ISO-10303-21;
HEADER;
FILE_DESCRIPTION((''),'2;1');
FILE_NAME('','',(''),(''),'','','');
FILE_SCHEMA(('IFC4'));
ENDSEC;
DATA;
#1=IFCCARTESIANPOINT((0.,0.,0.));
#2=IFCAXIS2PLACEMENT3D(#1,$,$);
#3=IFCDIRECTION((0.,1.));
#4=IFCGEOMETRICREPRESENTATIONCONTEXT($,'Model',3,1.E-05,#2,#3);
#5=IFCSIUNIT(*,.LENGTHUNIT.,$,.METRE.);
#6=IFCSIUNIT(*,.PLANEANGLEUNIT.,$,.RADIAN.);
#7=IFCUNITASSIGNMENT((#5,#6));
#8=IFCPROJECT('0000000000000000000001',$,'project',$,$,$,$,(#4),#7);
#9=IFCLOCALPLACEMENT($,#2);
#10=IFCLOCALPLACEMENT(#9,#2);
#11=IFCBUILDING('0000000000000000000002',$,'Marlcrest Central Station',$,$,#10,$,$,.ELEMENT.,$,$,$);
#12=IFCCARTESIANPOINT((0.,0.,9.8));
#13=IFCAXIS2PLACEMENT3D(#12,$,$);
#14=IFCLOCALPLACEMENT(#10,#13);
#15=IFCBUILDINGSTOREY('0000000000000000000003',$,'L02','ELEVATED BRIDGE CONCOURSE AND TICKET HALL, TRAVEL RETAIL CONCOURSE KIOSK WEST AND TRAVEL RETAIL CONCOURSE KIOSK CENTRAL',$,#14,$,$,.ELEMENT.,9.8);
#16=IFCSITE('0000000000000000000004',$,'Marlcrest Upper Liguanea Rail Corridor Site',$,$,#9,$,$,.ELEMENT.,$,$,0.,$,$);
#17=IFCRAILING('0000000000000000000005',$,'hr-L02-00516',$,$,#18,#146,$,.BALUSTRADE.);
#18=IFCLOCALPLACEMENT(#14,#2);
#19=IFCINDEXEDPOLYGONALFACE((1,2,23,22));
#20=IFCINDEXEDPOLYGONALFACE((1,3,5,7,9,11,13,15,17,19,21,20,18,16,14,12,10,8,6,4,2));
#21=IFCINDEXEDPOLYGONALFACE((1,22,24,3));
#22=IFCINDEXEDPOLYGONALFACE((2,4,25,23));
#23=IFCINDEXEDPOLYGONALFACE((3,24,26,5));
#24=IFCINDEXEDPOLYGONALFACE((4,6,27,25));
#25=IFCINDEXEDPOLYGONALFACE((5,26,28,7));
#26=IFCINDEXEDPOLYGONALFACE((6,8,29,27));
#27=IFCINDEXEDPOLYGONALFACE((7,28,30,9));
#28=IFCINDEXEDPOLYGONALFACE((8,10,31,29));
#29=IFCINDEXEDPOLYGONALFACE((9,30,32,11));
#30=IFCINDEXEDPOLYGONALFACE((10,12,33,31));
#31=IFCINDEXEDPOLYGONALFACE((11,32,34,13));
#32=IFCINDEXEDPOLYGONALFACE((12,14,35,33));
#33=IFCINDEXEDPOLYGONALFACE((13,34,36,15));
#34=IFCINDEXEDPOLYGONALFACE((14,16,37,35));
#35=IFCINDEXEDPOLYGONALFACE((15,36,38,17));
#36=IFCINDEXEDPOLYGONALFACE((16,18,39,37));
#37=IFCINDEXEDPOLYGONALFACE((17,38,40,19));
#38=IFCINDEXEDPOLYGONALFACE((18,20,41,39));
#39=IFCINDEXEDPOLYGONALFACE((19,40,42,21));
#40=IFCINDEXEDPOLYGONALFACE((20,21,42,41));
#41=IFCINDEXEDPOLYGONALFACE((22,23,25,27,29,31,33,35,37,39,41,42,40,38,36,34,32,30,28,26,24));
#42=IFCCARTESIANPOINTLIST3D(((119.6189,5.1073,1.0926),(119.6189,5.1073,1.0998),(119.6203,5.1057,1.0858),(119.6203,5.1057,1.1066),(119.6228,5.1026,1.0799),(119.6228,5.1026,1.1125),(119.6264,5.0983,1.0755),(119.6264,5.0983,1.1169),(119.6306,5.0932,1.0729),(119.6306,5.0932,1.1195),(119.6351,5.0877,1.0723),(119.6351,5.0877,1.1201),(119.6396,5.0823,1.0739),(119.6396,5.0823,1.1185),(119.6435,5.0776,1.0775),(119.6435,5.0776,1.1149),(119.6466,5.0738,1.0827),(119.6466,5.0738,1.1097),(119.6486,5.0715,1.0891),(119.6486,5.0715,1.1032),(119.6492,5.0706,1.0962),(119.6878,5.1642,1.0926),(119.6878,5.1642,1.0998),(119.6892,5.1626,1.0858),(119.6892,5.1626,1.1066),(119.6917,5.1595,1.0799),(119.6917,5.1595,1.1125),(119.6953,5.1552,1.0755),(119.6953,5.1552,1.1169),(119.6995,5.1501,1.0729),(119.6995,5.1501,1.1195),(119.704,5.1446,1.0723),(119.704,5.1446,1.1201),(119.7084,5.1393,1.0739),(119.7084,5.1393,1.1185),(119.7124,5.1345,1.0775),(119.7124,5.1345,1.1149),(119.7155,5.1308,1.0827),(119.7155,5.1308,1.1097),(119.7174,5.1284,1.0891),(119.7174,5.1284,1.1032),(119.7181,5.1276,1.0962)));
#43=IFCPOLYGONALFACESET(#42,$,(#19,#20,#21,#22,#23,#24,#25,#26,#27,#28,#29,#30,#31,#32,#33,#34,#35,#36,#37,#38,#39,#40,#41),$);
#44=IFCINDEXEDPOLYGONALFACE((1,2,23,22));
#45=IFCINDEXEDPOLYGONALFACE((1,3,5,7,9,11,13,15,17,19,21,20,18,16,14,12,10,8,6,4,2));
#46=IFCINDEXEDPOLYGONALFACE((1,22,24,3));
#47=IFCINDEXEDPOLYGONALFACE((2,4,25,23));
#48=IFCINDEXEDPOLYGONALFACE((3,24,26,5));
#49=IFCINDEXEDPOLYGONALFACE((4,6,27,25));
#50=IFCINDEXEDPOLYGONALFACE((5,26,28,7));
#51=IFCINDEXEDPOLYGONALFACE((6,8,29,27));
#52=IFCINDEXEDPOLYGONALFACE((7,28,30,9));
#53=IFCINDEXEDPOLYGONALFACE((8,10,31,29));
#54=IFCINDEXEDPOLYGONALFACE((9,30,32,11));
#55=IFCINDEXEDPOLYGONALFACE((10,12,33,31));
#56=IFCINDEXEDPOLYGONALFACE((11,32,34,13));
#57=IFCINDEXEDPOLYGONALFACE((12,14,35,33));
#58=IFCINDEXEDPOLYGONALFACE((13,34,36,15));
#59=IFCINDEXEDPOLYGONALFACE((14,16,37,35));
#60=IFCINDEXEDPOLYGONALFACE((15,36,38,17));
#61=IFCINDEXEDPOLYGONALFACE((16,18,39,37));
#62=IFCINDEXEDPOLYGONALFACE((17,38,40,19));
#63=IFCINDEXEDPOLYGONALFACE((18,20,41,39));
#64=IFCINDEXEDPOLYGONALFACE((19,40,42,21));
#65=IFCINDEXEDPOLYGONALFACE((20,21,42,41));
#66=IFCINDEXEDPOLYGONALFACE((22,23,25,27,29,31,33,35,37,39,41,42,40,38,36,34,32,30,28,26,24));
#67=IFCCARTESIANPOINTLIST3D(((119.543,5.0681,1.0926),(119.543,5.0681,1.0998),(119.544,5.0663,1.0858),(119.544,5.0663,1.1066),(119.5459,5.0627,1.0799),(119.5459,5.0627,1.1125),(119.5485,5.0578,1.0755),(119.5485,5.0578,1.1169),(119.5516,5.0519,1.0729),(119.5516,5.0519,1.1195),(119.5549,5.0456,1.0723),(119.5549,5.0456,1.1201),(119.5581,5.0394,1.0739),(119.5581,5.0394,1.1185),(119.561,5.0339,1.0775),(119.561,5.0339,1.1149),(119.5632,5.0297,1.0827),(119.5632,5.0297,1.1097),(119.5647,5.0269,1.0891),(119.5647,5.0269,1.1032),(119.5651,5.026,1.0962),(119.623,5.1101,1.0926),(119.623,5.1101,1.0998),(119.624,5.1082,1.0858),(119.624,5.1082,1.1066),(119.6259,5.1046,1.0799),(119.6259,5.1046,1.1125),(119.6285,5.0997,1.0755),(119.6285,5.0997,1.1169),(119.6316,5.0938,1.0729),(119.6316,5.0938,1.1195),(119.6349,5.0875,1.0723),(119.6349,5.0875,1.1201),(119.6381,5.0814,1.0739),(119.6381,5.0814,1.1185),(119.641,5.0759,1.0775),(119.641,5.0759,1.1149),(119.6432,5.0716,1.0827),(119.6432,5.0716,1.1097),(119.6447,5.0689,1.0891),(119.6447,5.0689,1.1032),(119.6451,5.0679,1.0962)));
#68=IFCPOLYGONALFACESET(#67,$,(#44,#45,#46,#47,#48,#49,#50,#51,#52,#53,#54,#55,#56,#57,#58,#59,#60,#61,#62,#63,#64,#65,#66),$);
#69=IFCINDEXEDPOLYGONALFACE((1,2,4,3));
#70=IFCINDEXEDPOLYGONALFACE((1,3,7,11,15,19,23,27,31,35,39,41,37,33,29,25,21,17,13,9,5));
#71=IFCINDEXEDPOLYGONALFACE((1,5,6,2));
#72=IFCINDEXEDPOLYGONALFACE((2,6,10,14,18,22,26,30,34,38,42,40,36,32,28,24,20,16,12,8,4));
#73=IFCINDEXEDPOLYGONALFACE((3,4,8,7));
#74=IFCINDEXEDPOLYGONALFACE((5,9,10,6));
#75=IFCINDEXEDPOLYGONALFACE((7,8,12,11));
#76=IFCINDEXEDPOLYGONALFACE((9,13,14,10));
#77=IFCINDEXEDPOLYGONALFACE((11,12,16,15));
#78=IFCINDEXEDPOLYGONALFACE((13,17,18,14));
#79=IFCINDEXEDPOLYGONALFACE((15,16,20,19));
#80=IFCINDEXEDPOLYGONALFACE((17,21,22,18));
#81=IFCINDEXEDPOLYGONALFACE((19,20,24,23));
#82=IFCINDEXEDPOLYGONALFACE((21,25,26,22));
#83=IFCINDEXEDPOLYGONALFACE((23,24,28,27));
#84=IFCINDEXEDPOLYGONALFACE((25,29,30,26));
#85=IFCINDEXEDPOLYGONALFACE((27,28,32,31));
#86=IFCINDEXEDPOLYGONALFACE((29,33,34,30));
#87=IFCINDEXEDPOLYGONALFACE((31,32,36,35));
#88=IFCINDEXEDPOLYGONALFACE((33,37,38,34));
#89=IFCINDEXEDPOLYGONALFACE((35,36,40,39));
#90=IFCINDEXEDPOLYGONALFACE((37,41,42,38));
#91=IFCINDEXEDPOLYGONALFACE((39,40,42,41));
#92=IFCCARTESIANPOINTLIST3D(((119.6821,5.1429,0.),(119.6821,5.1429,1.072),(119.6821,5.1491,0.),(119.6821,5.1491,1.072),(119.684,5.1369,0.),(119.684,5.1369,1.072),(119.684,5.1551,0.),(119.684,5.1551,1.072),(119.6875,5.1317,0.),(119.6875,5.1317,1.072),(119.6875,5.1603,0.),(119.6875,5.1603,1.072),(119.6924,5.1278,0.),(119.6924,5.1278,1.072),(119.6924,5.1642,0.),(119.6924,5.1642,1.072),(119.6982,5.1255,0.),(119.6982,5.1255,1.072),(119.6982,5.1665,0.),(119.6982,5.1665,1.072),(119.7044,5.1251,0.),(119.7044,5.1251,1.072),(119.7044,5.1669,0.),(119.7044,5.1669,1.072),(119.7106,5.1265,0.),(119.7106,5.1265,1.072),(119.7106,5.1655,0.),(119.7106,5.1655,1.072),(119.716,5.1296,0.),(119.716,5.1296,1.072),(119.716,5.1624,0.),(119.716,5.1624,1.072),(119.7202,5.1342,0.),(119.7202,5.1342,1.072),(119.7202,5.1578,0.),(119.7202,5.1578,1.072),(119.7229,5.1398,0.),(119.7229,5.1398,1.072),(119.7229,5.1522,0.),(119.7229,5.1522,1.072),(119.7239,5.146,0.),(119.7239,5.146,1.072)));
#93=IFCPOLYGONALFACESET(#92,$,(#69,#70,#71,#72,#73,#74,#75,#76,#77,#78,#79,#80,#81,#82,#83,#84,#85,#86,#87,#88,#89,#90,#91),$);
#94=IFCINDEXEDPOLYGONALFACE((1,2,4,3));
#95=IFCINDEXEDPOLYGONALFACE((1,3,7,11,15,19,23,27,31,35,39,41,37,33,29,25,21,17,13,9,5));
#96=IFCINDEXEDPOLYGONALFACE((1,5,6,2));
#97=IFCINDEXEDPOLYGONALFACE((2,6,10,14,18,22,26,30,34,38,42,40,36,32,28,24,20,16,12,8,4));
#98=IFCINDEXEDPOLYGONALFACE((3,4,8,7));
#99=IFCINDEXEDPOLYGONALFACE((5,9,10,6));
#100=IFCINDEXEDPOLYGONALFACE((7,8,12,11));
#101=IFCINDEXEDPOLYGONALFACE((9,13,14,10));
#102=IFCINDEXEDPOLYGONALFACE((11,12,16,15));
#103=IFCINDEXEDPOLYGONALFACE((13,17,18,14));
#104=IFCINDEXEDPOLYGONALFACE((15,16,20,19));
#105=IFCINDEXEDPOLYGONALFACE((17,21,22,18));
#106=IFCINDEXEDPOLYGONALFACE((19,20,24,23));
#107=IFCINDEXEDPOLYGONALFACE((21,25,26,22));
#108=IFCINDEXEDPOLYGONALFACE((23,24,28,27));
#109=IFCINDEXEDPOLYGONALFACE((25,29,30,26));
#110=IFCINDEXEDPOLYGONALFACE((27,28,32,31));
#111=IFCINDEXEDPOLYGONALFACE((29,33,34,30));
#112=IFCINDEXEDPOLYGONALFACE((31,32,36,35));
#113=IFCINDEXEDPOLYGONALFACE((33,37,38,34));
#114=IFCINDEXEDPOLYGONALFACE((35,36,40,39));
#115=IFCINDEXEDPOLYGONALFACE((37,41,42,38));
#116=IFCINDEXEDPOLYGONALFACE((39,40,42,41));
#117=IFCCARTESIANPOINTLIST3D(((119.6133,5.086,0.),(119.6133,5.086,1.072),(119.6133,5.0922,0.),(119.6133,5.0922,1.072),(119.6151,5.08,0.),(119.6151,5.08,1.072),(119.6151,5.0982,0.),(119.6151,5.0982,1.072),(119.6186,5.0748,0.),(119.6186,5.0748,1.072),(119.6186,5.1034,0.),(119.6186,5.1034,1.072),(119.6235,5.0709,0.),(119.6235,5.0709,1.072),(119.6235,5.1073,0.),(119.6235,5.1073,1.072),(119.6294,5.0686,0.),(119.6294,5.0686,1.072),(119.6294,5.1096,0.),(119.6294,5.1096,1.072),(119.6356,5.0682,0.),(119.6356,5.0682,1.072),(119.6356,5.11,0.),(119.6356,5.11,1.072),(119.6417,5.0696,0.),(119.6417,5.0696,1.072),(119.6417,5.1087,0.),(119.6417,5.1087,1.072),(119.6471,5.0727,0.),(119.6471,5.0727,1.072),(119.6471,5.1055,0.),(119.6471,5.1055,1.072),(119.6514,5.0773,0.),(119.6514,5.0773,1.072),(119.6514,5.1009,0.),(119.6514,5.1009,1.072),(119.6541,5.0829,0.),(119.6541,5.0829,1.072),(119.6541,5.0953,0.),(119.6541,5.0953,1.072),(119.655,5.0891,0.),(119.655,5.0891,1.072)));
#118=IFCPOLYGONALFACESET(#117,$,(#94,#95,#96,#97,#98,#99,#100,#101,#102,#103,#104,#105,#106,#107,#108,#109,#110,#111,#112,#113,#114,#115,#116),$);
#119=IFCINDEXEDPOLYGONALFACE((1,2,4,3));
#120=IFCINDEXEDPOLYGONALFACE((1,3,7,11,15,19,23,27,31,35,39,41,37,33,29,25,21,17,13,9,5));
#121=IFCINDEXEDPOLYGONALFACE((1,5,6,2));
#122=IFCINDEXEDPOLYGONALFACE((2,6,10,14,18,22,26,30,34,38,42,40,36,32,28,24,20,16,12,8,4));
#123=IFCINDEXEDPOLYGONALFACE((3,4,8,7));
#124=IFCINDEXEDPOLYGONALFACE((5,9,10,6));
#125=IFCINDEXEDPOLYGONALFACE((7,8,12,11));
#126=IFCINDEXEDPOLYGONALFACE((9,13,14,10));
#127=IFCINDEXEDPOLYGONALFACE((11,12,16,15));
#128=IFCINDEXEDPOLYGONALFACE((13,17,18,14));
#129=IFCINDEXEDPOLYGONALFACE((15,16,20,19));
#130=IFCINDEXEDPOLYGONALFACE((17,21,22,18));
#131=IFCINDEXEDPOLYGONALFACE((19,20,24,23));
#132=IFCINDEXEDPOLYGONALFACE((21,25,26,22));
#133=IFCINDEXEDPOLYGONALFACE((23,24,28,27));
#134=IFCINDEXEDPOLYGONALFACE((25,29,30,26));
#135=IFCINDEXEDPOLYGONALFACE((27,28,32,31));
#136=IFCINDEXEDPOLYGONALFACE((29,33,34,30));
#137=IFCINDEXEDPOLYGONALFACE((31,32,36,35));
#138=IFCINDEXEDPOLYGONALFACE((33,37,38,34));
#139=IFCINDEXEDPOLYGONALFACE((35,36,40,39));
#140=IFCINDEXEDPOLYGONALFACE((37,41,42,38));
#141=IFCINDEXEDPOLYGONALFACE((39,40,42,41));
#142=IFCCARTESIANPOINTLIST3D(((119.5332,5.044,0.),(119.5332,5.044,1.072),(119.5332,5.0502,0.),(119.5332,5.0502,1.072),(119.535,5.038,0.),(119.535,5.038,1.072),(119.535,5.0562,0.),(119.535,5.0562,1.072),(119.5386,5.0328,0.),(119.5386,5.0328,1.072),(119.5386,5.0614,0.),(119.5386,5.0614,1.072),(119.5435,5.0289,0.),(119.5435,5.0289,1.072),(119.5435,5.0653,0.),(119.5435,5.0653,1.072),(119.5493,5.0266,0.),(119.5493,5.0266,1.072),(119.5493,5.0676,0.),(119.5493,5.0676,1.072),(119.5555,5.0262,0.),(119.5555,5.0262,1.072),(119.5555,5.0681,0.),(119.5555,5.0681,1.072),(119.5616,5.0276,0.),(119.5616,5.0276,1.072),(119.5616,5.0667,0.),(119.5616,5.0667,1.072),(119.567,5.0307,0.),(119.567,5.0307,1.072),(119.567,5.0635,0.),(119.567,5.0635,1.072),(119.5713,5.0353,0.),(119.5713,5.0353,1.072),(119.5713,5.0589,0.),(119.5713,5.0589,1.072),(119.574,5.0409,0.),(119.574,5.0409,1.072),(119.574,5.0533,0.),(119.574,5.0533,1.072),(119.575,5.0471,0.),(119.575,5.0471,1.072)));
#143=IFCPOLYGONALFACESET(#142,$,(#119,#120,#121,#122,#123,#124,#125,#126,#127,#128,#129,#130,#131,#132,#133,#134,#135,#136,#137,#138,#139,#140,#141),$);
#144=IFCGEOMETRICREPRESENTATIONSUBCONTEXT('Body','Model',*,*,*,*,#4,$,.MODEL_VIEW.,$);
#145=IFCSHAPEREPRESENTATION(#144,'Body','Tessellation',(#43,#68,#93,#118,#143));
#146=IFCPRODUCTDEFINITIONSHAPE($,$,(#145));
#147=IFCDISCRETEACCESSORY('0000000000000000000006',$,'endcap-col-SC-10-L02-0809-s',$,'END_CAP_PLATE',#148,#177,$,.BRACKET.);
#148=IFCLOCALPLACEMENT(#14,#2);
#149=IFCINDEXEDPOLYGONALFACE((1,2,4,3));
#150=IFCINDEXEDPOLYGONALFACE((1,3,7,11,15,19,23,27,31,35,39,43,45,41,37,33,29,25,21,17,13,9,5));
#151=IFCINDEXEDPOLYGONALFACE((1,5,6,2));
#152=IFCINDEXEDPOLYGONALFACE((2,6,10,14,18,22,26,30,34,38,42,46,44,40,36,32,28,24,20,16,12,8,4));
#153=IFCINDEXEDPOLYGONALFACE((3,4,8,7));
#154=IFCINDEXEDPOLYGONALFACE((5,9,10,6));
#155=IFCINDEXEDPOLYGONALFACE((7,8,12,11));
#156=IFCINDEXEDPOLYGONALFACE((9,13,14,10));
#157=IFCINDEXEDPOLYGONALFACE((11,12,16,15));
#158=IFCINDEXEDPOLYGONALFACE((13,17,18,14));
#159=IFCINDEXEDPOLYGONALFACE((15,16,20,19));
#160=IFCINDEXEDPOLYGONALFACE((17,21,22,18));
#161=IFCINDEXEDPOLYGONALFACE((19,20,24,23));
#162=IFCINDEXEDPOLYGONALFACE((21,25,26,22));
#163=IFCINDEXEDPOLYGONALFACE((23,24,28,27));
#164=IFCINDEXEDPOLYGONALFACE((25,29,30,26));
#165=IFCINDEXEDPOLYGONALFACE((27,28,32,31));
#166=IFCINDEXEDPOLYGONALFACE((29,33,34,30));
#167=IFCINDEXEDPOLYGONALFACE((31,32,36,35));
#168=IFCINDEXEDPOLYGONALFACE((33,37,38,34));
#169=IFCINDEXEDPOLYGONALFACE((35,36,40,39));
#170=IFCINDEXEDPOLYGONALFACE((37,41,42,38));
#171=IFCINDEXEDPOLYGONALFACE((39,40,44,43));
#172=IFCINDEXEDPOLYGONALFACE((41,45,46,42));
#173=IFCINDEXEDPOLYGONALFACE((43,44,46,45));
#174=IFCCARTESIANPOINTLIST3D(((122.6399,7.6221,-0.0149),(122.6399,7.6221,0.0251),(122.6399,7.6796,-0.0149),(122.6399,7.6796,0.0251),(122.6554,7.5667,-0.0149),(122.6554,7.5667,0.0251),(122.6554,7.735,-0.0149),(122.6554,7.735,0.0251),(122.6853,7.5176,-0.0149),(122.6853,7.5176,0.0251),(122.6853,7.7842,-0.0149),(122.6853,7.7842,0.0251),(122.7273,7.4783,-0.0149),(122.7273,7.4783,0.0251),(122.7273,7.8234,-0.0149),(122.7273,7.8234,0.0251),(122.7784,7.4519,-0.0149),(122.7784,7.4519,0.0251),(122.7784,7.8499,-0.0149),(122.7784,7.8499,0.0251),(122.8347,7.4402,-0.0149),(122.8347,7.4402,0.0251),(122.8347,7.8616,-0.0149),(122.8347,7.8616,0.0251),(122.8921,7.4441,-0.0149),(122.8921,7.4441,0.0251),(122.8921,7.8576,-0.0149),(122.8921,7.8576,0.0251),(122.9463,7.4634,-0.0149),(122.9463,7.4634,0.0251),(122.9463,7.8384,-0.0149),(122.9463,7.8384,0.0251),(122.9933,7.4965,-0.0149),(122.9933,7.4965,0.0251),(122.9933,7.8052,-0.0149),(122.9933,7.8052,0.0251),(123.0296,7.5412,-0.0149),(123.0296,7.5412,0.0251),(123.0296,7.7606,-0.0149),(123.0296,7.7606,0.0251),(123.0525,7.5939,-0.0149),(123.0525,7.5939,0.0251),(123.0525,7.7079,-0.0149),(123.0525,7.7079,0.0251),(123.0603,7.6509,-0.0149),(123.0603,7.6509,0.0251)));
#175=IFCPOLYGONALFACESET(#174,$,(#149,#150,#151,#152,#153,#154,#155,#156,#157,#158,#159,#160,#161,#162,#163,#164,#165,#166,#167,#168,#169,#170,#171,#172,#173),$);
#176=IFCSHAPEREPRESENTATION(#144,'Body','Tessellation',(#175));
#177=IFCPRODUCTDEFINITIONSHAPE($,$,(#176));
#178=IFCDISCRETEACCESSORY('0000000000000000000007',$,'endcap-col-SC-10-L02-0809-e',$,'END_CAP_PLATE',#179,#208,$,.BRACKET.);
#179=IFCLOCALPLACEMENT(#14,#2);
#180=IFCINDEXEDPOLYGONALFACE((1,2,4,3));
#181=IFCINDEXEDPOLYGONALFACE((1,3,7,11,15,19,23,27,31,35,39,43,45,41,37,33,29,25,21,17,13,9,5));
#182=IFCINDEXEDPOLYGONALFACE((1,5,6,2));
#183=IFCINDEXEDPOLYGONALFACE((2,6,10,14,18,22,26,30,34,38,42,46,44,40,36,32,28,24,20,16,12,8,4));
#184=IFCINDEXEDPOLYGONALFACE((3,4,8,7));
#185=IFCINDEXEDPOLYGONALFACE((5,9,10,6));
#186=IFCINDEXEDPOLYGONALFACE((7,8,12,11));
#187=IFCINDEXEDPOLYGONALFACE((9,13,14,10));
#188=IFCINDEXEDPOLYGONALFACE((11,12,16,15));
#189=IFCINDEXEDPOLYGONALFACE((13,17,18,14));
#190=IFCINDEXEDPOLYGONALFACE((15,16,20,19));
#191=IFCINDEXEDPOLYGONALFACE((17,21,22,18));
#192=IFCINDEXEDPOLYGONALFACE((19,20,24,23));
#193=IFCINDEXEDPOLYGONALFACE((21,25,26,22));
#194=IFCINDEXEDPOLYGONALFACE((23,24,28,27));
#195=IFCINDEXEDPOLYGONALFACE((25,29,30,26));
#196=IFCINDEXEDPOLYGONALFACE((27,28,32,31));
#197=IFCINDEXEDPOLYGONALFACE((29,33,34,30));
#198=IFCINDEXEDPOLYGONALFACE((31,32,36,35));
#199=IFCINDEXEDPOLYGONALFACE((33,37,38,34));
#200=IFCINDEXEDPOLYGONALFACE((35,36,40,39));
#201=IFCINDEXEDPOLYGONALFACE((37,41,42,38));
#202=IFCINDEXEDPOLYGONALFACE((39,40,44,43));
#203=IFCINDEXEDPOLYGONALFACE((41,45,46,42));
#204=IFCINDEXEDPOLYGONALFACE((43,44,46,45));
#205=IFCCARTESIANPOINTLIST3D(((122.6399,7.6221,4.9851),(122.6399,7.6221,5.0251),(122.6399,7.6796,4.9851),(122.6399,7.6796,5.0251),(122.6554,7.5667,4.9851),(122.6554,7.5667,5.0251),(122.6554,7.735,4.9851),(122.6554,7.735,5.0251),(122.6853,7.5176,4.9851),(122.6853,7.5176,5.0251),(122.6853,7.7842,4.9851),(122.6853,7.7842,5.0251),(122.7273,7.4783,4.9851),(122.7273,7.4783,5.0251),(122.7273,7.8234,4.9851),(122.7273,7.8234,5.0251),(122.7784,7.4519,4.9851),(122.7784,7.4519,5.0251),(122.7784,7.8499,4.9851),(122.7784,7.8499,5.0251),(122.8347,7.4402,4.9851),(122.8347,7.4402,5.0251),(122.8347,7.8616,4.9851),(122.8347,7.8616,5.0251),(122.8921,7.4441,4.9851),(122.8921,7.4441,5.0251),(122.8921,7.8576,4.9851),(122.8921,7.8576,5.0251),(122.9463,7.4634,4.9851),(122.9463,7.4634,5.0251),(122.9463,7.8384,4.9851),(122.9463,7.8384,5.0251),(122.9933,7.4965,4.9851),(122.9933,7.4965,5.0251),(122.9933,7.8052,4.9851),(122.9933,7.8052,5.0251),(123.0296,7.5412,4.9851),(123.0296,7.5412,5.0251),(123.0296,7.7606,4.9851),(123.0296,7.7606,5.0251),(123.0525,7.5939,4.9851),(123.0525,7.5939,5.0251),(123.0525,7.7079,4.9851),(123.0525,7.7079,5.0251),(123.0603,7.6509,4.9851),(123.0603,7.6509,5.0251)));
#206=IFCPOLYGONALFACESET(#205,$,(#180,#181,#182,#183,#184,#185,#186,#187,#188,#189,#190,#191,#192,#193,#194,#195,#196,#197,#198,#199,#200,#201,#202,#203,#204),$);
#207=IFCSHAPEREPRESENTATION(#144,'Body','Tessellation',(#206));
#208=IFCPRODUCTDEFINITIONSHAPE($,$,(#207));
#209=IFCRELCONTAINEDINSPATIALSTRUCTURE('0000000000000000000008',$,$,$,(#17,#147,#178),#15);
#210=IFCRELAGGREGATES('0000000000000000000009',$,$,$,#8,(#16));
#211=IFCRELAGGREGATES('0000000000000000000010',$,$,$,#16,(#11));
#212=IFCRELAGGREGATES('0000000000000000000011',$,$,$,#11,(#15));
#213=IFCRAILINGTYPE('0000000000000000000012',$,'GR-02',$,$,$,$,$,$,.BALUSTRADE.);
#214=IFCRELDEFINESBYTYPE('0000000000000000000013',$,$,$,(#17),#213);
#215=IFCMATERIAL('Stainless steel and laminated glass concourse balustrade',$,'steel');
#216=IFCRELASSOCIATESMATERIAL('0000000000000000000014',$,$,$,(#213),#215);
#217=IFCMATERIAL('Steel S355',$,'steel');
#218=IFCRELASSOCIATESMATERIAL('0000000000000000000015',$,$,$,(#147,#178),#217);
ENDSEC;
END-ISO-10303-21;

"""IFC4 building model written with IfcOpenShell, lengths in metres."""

from ifc_helpers import new_model, si_unit, direction, frame, origin, origin_2d, place, context, subcontext, project, spatial, circle, extrude, material, type_object, element, save


model = new_model("IFC4")

# Units and contexts
model_context = context("Model", 3, precision=1e-05, world=origin(), true_north=direction((0.0, 1.0)))
body_context = subcontext(model_context, "Body", "Model", "MODEL_VIEW")
ifc_project = project(units=[si_unit("LENGTHUNIT", "METRE"), si_unit("PLANEANGLEUNIT", "RADIAN")], contexts=[model_context])

# Site, building, storey
site_placement = place(None, origin())
site = spatial("IfcSite", under=ifc_project, at=site_placement, Name="Marlcrest Upper Liguanea Rail Corridor Site", CompositionType="ELEMENT", RefElevation=0.0)
building_placement = place(site_placement, origin())
building = spatial("IfcBuilding", under=site, at=building_placement, Name="Marlcrest Central Station", CompositionType="ELEMENT")
storey_placement = place(building_placement, frame((0.0, 0.0, 9.8)))
storey = spatial("IfcBuildingStorey", under=building, at=storey_placement, Name="L02", Description="ELEVATED BRIDGE CONCOURSE AND TICKET HALL, TRAVEL RETAIL CONCOURSE KIOSK WEST AND TRAVEL RETAIL CONCOURSE KIOSK CENTRAL", CompositionType="ELEMENT", Elevation=9.8)

# Shared definitions
ifc_material_1 = material(Name="Steel S355", Category="steel")

# Railing
ifc_material_2 = material(Name="Stainless steel and laminated glass concourse balustrade", Category="steel")
railing_type = type_object("IfcRailingType", Name="GR-02", PredefinedType="BALUSTRADE", material=ifc_material_2)
railing_1_placement = place(storey_placement, frame((119.7029, 5.146, 0.0)))
element("IfcRailing", 1, at=railing_1_placement, inside=storey, type_object=railing_type, Name="hr-L02-00516", PredefinedType="BALUSTRADE", context=body_context, shape_type="SweptSolid", body=[
    extrude(circle(Radius=0.0239, at=origin_2d()), frame((0.0, 0.0, 1.0962), z_axis=(-0.770903, -0.636952, 0.0), x_axis=(0.636952, -0.770903, 0.0)), (0.0, 0.0, 1.0), 0.0894),
    extrude(circle(Radius=0.0239, at=origin_2d()), frame((-0.0688, -0.0569, 1.0962), z_axis=(-0.88562, -0.464411, 0.0), x_axis=(0.464411, -0.88562, 0.0)), (0.0, 0.0, 1.0), 0.0903),
    extrude(circle(Radius=0.021, at=origin_2d()), origin(), (0.0, 0.0, 1.0), 1.072),
    extrude(circle(Radius=0.021, at=origin_2d()), frame((-0.0688, -0.0569, 0.0)), (0.0, 0.0, 1.0), 1.072),
    extrude(circle(Radius=0.021, at=origin_2d()), frame((-0.1489, -0.0989, 0.0)), (0.0, 0.0, 1.0), 1.072),
])

# Discrete accessories
for number, where, z_axis, x_axis, name in (
    (2, (122.8491, 7.6509, -0.0149), (0.0, 0.0, 1.0), (1.0, 0.0, 0.0), "endcap-col-SC-10-L02-0809-s"),
    (3, (122.8491, 7.6509, 4.9851), (0.0, 0.0, 1.0), (1.0, 0.0, 0.0), "endcap-col-SC-10-L02-0809-e"),
):
    element("IfcDiscreteAccessory", number, at=place(storey_placement, frame(where, z_axis=z_axis, x_axis=x_axis)), inside=storey, material=ifc_material_1, Name=name, ObjectType="END_CAP_PLATE", PredefinedType="BRACKET", context=body_context, shape_type="SweptSolid", body=[
        extrude(circle(Radius=0.2112, at=origin_2d()), origin(), (0.0, 0.0, 1.0), 0.04),
    ])

save(model, "model.ifc")
